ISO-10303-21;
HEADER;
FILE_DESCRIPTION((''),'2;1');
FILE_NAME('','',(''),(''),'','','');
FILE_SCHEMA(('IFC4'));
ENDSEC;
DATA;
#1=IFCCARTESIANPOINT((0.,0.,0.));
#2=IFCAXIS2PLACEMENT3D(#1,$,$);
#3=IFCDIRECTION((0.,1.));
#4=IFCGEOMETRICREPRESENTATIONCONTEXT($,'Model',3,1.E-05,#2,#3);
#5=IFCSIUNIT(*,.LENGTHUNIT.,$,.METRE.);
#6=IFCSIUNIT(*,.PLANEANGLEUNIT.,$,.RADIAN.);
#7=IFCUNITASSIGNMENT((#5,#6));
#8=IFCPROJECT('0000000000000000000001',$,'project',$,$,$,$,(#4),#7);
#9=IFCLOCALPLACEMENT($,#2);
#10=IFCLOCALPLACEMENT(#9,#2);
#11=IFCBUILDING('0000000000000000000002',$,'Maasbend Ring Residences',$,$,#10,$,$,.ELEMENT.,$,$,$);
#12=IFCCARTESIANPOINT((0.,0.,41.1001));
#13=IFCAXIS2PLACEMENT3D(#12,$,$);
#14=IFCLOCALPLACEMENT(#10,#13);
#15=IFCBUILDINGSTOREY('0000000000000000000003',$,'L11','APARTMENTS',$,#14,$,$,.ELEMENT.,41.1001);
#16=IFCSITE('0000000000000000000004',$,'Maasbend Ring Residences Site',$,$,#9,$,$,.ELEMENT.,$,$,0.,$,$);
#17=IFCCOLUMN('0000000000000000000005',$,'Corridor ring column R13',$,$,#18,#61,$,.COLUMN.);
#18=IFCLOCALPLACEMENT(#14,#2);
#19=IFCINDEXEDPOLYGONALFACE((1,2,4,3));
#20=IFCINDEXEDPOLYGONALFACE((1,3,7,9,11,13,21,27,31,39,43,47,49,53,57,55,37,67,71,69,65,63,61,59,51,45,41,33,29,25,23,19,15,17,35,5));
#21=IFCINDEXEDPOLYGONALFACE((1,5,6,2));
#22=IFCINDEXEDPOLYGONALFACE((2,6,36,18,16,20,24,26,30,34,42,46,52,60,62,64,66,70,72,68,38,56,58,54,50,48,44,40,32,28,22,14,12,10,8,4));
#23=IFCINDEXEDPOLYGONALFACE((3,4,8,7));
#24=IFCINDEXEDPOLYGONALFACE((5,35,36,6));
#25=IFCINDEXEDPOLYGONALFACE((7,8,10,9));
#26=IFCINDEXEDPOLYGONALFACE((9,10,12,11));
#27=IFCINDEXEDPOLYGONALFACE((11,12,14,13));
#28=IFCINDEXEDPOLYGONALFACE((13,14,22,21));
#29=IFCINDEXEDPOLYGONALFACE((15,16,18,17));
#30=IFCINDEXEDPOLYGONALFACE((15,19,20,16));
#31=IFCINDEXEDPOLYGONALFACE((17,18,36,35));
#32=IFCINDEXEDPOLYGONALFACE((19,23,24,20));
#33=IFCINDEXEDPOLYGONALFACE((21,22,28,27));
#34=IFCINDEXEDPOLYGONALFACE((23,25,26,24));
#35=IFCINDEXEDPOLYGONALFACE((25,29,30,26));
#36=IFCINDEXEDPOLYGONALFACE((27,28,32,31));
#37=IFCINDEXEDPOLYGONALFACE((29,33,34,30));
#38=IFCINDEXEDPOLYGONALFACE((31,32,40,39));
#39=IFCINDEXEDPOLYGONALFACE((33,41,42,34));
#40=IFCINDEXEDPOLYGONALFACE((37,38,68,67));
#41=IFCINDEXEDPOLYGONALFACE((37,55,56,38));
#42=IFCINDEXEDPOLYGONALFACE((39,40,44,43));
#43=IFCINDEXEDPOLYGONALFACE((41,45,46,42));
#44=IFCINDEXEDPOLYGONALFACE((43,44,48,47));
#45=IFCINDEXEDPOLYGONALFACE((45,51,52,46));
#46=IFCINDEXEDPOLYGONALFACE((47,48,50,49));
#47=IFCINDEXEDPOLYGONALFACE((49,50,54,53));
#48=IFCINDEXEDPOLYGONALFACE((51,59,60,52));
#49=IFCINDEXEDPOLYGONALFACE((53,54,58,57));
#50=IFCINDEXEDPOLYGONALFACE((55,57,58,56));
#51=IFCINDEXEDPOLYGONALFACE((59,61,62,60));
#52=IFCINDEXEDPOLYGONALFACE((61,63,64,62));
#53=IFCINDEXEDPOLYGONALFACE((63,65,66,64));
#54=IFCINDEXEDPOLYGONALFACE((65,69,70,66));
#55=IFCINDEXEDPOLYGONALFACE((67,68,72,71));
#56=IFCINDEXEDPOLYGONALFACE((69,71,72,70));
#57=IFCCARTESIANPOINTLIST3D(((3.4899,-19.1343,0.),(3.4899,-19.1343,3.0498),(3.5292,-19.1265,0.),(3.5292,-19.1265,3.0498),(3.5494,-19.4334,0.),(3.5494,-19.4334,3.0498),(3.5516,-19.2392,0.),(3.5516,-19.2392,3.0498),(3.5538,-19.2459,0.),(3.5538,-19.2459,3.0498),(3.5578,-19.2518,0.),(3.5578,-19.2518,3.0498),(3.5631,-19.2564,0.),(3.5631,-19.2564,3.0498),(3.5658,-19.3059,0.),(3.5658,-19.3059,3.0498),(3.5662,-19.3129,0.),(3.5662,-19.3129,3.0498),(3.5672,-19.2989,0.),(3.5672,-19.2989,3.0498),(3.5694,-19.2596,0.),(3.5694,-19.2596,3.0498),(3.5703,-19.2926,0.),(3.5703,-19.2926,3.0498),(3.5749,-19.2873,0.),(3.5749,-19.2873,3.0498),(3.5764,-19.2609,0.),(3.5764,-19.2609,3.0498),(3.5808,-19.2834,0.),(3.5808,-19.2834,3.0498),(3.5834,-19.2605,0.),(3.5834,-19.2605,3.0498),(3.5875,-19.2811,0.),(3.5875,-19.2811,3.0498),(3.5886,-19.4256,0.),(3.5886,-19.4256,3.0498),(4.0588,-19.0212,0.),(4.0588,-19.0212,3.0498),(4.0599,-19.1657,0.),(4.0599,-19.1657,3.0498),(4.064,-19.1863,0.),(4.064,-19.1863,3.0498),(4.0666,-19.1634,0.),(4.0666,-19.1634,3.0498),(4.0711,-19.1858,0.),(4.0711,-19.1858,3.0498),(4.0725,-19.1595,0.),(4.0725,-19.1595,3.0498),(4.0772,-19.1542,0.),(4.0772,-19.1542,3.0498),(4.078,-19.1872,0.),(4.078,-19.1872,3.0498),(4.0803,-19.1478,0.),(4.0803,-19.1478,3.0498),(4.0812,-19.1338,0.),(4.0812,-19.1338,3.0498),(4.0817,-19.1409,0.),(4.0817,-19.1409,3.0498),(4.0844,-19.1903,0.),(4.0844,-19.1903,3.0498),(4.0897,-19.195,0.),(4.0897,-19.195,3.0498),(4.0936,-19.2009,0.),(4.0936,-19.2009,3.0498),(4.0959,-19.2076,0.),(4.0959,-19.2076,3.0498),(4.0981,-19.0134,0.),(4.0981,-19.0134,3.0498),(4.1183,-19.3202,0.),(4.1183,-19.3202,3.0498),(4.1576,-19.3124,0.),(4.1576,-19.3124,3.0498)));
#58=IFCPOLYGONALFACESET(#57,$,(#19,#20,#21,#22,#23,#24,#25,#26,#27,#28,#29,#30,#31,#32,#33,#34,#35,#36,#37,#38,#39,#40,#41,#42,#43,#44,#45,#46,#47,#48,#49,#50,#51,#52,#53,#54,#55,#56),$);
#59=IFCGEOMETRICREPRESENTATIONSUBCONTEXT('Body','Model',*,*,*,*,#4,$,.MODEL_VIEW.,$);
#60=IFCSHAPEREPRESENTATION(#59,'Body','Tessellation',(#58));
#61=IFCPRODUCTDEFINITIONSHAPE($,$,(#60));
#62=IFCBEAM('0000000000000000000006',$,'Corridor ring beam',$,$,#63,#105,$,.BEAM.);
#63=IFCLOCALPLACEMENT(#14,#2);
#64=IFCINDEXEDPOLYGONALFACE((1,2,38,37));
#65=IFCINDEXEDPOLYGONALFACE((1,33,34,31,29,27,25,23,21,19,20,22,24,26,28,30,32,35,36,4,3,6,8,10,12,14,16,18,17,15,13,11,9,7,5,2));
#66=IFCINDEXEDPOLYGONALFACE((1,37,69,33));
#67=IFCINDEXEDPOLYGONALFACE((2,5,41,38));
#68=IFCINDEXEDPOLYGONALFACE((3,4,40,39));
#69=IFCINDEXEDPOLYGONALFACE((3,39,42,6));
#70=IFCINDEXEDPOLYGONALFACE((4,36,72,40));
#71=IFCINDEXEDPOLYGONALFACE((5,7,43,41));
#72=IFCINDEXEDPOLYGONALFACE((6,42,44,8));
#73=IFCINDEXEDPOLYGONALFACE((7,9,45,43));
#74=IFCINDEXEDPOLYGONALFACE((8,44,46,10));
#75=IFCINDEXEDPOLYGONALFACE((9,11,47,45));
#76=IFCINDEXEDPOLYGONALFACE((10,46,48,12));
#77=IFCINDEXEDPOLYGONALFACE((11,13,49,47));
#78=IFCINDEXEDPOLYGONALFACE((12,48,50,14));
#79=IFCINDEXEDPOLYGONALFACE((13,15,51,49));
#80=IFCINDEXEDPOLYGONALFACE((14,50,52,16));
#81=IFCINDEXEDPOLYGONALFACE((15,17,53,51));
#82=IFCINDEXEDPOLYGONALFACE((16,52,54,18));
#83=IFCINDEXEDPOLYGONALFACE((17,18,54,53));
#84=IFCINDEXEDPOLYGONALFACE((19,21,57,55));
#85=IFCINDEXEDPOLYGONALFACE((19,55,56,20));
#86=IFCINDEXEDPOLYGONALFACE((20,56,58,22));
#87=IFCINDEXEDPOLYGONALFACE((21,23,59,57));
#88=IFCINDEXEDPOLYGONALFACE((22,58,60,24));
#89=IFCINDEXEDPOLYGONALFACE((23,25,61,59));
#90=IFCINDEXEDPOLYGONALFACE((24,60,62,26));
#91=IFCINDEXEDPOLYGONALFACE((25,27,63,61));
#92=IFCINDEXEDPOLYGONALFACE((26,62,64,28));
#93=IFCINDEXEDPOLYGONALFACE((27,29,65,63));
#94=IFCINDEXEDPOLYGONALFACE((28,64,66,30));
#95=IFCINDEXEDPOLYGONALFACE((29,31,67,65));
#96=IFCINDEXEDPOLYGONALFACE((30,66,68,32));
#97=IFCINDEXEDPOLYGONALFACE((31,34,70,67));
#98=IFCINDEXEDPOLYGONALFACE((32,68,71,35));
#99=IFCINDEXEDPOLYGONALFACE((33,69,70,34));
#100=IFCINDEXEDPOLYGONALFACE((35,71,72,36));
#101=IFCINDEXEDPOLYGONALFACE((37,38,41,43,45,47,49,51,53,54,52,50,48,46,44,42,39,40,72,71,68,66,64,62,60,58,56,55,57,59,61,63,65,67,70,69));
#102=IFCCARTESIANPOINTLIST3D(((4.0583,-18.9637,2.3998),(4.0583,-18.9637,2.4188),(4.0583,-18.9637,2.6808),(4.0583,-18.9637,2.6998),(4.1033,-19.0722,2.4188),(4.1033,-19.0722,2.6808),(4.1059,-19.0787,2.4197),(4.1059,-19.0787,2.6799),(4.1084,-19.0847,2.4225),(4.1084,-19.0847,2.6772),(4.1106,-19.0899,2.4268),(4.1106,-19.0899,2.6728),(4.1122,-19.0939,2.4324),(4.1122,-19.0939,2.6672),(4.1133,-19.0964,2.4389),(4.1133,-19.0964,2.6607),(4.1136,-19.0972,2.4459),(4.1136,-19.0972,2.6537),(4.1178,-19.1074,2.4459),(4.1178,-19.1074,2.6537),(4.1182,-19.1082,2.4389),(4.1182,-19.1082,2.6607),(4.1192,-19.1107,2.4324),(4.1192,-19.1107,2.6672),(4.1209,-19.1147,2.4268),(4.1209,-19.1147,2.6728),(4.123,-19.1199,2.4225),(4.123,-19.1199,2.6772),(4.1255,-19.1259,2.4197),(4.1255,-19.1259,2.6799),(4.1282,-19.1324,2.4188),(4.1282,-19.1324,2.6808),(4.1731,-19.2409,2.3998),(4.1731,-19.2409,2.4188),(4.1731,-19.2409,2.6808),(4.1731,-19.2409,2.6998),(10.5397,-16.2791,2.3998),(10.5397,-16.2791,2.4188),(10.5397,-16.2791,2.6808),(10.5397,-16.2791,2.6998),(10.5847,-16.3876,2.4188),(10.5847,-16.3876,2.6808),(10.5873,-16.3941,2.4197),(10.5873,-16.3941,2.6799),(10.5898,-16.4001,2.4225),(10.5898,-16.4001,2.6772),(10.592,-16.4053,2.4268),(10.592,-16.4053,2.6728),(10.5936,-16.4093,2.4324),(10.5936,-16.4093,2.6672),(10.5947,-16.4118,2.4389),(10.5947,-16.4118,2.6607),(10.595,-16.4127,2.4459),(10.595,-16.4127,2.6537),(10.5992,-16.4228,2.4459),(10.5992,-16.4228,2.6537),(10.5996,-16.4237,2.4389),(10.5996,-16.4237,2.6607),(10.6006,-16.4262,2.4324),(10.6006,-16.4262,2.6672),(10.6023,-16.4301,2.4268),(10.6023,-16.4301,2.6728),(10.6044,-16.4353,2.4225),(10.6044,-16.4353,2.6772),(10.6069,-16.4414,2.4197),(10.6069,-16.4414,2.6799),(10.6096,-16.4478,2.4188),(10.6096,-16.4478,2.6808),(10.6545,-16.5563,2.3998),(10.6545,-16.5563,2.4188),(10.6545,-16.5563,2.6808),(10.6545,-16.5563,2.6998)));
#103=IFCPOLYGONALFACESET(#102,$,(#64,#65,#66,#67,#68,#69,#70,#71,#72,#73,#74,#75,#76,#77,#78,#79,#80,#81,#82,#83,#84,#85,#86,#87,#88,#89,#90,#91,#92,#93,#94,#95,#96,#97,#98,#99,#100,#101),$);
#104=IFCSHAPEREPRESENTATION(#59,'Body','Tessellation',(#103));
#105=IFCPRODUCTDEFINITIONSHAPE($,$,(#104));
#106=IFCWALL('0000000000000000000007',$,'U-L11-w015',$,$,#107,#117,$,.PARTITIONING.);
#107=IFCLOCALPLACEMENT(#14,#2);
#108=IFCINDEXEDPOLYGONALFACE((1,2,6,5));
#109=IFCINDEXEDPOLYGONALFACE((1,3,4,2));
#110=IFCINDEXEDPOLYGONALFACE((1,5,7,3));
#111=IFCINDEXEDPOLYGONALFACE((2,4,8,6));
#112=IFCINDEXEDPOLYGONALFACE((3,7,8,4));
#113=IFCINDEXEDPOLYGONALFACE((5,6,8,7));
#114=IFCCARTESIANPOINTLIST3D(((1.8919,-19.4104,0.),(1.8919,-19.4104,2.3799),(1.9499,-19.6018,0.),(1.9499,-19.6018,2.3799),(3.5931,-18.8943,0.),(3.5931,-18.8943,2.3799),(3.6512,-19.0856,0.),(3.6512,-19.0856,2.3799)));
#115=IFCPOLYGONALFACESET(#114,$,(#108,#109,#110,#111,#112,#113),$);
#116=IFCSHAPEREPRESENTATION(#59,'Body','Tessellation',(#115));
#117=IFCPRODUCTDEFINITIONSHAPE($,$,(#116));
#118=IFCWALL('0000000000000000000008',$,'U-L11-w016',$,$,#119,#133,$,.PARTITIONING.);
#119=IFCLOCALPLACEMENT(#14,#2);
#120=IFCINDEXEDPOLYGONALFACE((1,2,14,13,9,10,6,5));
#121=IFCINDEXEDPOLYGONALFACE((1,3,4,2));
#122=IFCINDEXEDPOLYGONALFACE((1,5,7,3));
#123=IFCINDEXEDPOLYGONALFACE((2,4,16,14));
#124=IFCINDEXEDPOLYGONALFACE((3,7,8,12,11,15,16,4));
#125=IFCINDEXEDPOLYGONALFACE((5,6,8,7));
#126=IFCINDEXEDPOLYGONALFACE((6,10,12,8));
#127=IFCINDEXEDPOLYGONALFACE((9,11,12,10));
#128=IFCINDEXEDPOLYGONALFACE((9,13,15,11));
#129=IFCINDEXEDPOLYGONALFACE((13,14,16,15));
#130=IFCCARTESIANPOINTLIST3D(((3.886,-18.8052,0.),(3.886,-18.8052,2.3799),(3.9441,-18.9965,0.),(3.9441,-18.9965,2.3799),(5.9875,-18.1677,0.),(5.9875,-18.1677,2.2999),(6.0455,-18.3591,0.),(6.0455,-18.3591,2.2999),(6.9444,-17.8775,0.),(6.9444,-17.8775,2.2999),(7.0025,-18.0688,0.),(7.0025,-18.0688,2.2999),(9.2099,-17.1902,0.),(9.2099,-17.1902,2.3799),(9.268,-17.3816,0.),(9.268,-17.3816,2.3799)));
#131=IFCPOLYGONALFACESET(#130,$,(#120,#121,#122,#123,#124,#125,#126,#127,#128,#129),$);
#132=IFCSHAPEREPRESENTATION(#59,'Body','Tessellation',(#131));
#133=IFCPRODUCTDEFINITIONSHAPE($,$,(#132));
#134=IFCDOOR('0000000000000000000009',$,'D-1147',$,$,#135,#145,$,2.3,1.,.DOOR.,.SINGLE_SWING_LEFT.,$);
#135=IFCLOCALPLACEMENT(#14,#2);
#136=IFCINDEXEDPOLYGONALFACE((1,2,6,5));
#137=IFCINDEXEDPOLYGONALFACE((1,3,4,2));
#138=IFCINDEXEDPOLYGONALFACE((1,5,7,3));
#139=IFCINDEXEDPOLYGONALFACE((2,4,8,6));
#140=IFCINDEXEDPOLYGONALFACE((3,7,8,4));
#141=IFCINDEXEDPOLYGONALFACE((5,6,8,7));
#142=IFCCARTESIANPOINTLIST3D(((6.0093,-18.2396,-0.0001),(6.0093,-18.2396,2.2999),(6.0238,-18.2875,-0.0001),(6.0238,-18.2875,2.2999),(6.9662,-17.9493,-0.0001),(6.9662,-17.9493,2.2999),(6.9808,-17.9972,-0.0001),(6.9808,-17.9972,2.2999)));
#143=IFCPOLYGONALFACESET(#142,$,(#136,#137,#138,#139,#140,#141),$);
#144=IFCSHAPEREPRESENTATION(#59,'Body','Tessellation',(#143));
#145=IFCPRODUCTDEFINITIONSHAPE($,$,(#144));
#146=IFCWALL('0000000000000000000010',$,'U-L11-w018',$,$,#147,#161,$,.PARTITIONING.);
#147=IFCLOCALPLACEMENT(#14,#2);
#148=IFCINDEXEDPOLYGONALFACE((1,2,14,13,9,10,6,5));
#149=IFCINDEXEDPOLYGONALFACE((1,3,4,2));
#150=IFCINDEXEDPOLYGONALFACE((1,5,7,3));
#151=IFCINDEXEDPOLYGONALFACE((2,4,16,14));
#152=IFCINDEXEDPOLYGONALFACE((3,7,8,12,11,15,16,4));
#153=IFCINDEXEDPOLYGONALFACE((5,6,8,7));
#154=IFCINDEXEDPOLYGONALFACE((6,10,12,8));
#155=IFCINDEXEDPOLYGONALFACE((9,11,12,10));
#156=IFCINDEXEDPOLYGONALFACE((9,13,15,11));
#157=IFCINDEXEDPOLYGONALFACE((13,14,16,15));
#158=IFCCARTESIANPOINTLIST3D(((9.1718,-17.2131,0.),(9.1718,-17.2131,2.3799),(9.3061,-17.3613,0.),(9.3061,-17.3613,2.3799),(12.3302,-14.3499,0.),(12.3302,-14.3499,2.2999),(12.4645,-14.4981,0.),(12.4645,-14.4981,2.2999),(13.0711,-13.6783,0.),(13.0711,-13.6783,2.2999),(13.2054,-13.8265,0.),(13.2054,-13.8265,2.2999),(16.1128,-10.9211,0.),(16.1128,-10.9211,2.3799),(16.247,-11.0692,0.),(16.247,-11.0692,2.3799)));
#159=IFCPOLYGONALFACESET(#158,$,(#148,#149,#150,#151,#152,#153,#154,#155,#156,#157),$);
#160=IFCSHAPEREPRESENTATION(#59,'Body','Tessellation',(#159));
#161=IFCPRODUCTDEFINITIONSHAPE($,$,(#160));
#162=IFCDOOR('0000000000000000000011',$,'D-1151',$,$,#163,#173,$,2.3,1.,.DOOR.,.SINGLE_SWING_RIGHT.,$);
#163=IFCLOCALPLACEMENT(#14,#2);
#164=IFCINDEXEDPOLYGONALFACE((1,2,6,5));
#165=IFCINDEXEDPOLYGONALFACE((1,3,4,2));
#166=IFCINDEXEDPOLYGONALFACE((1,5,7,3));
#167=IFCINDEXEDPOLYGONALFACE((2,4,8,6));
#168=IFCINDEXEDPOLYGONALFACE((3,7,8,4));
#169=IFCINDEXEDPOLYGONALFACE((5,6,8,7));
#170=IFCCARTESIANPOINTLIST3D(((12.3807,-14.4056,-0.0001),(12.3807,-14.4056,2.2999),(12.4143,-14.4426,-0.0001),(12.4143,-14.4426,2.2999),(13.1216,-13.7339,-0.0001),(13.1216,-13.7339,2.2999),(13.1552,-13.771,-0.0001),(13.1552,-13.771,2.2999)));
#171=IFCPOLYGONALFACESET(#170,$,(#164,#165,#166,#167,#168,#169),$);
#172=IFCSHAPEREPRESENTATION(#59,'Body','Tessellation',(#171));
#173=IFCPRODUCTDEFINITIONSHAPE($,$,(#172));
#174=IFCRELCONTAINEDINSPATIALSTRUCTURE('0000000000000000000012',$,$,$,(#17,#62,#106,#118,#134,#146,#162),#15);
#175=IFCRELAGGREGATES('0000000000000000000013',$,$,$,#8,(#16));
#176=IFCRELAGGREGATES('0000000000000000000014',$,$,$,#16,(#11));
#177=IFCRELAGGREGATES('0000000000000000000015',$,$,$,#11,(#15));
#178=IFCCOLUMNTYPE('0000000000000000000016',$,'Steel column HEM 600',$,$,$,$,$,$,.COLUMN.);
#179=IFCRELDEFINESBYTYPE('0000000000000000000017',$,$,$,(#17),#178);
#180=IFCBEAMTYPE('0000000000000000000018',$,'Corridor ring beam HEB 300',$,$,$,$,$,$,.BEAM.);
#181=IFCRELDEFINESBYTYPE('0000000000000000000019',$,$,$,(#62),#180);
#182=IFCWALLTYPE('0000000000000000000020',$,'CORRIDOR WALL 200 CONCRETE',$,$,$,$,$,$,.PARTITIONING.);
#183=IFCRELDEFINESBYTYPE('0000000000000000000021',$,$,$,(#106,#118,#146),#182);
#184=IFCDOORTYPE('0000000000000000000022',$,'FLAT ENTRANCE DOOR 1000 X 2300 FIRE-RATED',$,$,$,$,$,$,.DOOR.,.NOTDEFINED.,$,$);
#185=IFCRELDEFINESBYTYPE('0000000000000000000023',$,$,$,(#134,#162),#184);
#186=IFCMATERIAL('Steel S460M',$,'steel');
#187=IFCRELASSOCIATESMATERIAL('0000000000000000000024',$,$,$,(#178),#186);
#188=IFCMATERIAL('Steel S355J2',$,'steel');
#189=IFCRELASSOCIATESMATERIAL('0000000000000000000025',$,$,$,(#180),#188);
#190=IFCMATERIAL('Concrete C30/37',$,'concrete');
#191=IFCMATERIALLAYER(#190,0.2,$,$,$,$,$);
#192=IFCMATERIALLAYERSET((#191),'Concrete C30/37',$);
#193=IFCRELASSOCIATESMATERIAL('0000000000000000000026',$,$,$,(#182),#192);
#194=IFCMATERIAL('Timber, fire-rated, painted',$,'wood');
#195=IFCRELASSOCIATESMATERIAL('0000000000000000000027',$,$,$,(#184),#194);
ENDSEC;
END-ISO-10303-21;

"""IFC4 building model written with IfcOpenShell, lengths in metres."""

from ifc_helpers import new_model, si_unit, direction, frame, frame_2d, origin, origin_2d, place, context, subcontext, project, spatial, rectangle, i_section, extrude, material, layer, layer_set, material_profile, profile_set, type_object, element, fill, save


model = new_model("IFC4")

# Units and contexts
model_context = context("Model", 3, precision=1e-05, world=origin(), true_north=direction((0.0, 1.0)))
body_context = subcontext(model_context, "Body", "Model", "MODEL_VIEW")
ifc_project = project(units=[si_unit("LENGTHUNIT", "METRE"), si_unit("PLANEANGLEUNIT", "RADIAN")], contexts=[model_context])

# Site, building, storey
site_placement = place(None, origin())
site = spatial("IfcSite", under=ifc_project, at=site_placement, Name="Maasbend Ring Residences Site", CompositionType="ELEMENT", RefElevation=0.0)
building_placement = place(site_placement, origin())
building = spatial("IfcBuilding", under=site, at=building_placement, Name="Maasbend Ring Residences", CompositionType="ELEMENT")
storey_placement = place(building_placement, frame((0.0, 0.0, 41.1001)))
storey = spatial("IfcBuildingStorey", under=building, at=storey_placement, Name="L11", Description="APARTMENTS", CompositionType="ELEMENT", Elevation=41.1001)

# Column
ifc_material_1 = material(Name="Steel S460M", Category="steel")
ifc_material_profile_1 = material_profile(ifc_material_1, i_section(OverallWidth=0.3049, OverallDepth=0.6201, WebThickness=0.021, FlangeThickness=0.04, FilletRadius=0.0271, at=origin_2d()), Name="HEM 600")
ifc_profile_set_1 = profile_set([ifc_material_profile_1], Name="Steel S460M")
column_type = type_object("IfcColumnType", Name="Steel column HEM 600", PredefinedType="COLUMN", material=ifc_profile_set_1)
column_placement = place(storey_placement, frame((3.8237, -19.2234, 0.0), z_axis=(0.0, 0.0, 1.0), x_axis=(0.19509, -0.980785, 0.0)))
element("IfcColumn", 1, at=column_placement, inside=storey, type_object=column_type, Name="Corridor ring column R13", PredefinedType="COLUMN", context=body_context, shape_type="SweptSolid", body=[
    extrude(i_section(OverallWidth=0.3049, OverallDepth=0.6201, WebThickness=0.021, FlangeThickness=0.04, FilletRadius=0.0271, at=origin_2d()), origin(), (0.0, 0.0, 1.0), 3.0498),
])

# Beam
ifc_material_2 = material(Name="Steel S355J2", Category="steel")
ifc_material_profile_2 = material_profile(ifc_material_2, i_section(OverallWidth=0.3, OverallDepth=0.3, WebThickness=0.011, FlangeThickness=0.019, FilletRadius=0.0271, at=origin_2d()), Name="HEB 300")
ifc_profile_set_2 = profile_set([ifc_material_profile_2], Name="Steel S355J2")
beam_type = type_object("IfcBeamType", Name="Corridor ring beam HEB 300", PredefinedType="BEAM", material=ifc_profile_set_2)
beam_placement = place(storey_placement, frame((4.1157, -19.1023, 2.5498), z_axis=(0.923886, 0.382667, 0.0), x_axis=(-0.382667, 0.923886, 0.0)))
element("IfcBeam", 2, at=beam_placement, inside=storey, type_object=beam_type, Name="Corridor ring beam", PredefinedType="BEAM", context=body_context, shape_type="SweptSolid", body=[
    extrude(i_section(OverallWidth=0.3, OverallDepth=0.3, WebThickness=0.011, FlangeThickness=0.019, FilletRadius=0.0271, at=origin_2d()), origin(), (0.0, 0.0, 1.0), 7.0154),
])

# Wall
ifc_material_3 = material(Name="Concrete C30/37", Category="concrete")
ifc_layer_1 = layer(ifc_material_3, 0.2)
ifc_layer_set_1 = layer_set([ifc_layer_1], Name="Concrete C30/37")
wall_type_1 = type_object("IfcWallType", Name="CORRIDOR WALL 200 CONCRETE", PredefinedType="PARTITIONING", material=ifc_layer_set_1)
wall_1_placement = place(storey_placement, frame((1.9209, -19.5061, 0.0), z_axis=(0.0, 0.0, 1.0), x_axis=(0.95693, 0.29032, 0.0)))
element("IfcWall", 3, at=wall_1_placement, inside=storey, type_object=wall_type_1, Name="U-L11-w015", PredefinedType="PARTITIONING", context=body_context, shape_type="SweptSolid", body=[
    extrude(rectangle(XDim=1.7778, YDim=0.2, at=frame_2d((0.8889, 0.0))), origin(), (0.0, 0.0, 1.0), 2.3799),
])

# Walls, openings, doors
wall_2_placement = place(storey_placement, frame((3.915, -18.9009, 0.0), z_axis=(0.0, 0.0, 1.0), x_axis=(0.956941, 0.290281, 0.0)))
wall_2 = element("IfcWall", 4, at=wall_2_placement, inside=storey, type_object=wall_type_1, Name="U-L11-w016", PredefinedType="PARTITIONING", context=body_context, shape_type="SweptSolid", body=[
    extrude(rectangle(XDim=5.5635, YDim=0.2, at=frame_2d((2.7817, 0.0))), origin(), (0.0, 0.0, 1.0), 2.3799),
])
opening_1_placement = place(wall_2_placement, frame((2.196, 0.0, 0.0)))
opening_1 = element("IfcOpeningElement", 5, at=opening_1_placement, cuts=wall_2, PredefinedType="OPENING", context=body_context, shape_type="SweptSolid", body=[
    extrude(rectangle(XDim=1.0, YDim=2.3, at=frame_2d((0.5, 1.1499))), frame((0.0, 0.1099, 0.0), z_axis=(0.0, -1.0, 0.0), x_axis=(1.0, 0.0, 0.0)), (0.0, 0.0, 1.0), 0.22),
])
ifc_material_4 = material(Name="Timber, fire-rated, painted", Category="wood")
door_type_1 = type_object("IfcDoorType", Name="FLAT ENTRANCE DOOR 1000 X 2300 FIRE-RATED", OperationType="NOTDEFINED", PredefinedType="DOOR", material=ifc_material_4)
door_1_placement = place(opening_1_placement, origin())
door_1 = element("IfcDoor", 6, at=door_1_placement, inside=storey, type_object=door_type_1, Name="D-1147", OperationType="SINGLE_SWING_LEFT", OverallHeight=2.3, OverallWidth=1.0, PredefinedType="DOOR", context=body_context, shape_type="SweptSolid", body=[
    extrude(rectangle(XDim=1.0, YDim=2.3, at=frame_2d((0.5, 1.1499))), frame((0.0, 0.0249, 0.0), z_axis=(0.0, -1.0, 0.0), x_axis=(1.0, 0.0, 0.0)), (0.0, 0.0, 1.0), 0.05),
])
fill(opening_1, door_1)
wall_3_placement = place(storey_placement, frame((9.239, -17.2871, 0.0), z_axis=(0.0, 0.0, 1.0), x_axis=(0.740892, 0.671624, 0.0)))
wall_3 = element("IfcWall", 7, at=wall_3_placement, inside=storey, type_object=wall_type_1, Name="U-L11-w018", PredefinedType="PARTITIONING", context=body_context, shape_type="SweptSolid", body=[
    extrude(rectangle(XDim=9.3684, YDim=0.2, at=frame_2d((4.6841, 0.0))), origin(), (0.0, 0.0, 1.0), 2.3799),
])
opening_2_placement = place(wall_3_placement, frame((4.2629, 0.0, 0.0)))
opening_2 = element("IfcOpeningElement", 8, at=opening_2_placement, cuts=wall_3, PredefinedType="OPENING", context=body_context, shape_type="SweptSolid", body=[
    extrude(rectangle(XDim=1.0, YDim=2.3, at=frame_2d((0.5, 1.1499))), frame((0.0, 0.1099, 0.0), z_axis=(0.0, -1.0, 0.0), x_axis=(1.0, 0.0, 0.0)), (0.0, 0.0, 1.0), 0.22),
])
door_2_placement = place(opening_2_placement, origin())
door_2 = element("IfcDoor", 9, at=door_2_placement, inside=storey, type_object=door_type_1, Name="D-1151", OperationType="SINGLE_SWING_RIGHT", OverallHeight=2.3, OverallWidth=1.0, PredefinedType="DOOR", context=body_context, shape_type="SweptSolid", body=[
    extrude(rectangle(XDim=1.0, YDim=2.3, at=frame_2d((0.5, 1.1499))), frame((0.0, 0.0249, 0.0), z_axis=(0.0, -1.0, 0.0), x_axis=(1.0, 0.0, 0.0)), (0.0, 0.0, 1.0), 0.05),
])
fill(opening_2, door_2)

save(model, "model.ifc")
